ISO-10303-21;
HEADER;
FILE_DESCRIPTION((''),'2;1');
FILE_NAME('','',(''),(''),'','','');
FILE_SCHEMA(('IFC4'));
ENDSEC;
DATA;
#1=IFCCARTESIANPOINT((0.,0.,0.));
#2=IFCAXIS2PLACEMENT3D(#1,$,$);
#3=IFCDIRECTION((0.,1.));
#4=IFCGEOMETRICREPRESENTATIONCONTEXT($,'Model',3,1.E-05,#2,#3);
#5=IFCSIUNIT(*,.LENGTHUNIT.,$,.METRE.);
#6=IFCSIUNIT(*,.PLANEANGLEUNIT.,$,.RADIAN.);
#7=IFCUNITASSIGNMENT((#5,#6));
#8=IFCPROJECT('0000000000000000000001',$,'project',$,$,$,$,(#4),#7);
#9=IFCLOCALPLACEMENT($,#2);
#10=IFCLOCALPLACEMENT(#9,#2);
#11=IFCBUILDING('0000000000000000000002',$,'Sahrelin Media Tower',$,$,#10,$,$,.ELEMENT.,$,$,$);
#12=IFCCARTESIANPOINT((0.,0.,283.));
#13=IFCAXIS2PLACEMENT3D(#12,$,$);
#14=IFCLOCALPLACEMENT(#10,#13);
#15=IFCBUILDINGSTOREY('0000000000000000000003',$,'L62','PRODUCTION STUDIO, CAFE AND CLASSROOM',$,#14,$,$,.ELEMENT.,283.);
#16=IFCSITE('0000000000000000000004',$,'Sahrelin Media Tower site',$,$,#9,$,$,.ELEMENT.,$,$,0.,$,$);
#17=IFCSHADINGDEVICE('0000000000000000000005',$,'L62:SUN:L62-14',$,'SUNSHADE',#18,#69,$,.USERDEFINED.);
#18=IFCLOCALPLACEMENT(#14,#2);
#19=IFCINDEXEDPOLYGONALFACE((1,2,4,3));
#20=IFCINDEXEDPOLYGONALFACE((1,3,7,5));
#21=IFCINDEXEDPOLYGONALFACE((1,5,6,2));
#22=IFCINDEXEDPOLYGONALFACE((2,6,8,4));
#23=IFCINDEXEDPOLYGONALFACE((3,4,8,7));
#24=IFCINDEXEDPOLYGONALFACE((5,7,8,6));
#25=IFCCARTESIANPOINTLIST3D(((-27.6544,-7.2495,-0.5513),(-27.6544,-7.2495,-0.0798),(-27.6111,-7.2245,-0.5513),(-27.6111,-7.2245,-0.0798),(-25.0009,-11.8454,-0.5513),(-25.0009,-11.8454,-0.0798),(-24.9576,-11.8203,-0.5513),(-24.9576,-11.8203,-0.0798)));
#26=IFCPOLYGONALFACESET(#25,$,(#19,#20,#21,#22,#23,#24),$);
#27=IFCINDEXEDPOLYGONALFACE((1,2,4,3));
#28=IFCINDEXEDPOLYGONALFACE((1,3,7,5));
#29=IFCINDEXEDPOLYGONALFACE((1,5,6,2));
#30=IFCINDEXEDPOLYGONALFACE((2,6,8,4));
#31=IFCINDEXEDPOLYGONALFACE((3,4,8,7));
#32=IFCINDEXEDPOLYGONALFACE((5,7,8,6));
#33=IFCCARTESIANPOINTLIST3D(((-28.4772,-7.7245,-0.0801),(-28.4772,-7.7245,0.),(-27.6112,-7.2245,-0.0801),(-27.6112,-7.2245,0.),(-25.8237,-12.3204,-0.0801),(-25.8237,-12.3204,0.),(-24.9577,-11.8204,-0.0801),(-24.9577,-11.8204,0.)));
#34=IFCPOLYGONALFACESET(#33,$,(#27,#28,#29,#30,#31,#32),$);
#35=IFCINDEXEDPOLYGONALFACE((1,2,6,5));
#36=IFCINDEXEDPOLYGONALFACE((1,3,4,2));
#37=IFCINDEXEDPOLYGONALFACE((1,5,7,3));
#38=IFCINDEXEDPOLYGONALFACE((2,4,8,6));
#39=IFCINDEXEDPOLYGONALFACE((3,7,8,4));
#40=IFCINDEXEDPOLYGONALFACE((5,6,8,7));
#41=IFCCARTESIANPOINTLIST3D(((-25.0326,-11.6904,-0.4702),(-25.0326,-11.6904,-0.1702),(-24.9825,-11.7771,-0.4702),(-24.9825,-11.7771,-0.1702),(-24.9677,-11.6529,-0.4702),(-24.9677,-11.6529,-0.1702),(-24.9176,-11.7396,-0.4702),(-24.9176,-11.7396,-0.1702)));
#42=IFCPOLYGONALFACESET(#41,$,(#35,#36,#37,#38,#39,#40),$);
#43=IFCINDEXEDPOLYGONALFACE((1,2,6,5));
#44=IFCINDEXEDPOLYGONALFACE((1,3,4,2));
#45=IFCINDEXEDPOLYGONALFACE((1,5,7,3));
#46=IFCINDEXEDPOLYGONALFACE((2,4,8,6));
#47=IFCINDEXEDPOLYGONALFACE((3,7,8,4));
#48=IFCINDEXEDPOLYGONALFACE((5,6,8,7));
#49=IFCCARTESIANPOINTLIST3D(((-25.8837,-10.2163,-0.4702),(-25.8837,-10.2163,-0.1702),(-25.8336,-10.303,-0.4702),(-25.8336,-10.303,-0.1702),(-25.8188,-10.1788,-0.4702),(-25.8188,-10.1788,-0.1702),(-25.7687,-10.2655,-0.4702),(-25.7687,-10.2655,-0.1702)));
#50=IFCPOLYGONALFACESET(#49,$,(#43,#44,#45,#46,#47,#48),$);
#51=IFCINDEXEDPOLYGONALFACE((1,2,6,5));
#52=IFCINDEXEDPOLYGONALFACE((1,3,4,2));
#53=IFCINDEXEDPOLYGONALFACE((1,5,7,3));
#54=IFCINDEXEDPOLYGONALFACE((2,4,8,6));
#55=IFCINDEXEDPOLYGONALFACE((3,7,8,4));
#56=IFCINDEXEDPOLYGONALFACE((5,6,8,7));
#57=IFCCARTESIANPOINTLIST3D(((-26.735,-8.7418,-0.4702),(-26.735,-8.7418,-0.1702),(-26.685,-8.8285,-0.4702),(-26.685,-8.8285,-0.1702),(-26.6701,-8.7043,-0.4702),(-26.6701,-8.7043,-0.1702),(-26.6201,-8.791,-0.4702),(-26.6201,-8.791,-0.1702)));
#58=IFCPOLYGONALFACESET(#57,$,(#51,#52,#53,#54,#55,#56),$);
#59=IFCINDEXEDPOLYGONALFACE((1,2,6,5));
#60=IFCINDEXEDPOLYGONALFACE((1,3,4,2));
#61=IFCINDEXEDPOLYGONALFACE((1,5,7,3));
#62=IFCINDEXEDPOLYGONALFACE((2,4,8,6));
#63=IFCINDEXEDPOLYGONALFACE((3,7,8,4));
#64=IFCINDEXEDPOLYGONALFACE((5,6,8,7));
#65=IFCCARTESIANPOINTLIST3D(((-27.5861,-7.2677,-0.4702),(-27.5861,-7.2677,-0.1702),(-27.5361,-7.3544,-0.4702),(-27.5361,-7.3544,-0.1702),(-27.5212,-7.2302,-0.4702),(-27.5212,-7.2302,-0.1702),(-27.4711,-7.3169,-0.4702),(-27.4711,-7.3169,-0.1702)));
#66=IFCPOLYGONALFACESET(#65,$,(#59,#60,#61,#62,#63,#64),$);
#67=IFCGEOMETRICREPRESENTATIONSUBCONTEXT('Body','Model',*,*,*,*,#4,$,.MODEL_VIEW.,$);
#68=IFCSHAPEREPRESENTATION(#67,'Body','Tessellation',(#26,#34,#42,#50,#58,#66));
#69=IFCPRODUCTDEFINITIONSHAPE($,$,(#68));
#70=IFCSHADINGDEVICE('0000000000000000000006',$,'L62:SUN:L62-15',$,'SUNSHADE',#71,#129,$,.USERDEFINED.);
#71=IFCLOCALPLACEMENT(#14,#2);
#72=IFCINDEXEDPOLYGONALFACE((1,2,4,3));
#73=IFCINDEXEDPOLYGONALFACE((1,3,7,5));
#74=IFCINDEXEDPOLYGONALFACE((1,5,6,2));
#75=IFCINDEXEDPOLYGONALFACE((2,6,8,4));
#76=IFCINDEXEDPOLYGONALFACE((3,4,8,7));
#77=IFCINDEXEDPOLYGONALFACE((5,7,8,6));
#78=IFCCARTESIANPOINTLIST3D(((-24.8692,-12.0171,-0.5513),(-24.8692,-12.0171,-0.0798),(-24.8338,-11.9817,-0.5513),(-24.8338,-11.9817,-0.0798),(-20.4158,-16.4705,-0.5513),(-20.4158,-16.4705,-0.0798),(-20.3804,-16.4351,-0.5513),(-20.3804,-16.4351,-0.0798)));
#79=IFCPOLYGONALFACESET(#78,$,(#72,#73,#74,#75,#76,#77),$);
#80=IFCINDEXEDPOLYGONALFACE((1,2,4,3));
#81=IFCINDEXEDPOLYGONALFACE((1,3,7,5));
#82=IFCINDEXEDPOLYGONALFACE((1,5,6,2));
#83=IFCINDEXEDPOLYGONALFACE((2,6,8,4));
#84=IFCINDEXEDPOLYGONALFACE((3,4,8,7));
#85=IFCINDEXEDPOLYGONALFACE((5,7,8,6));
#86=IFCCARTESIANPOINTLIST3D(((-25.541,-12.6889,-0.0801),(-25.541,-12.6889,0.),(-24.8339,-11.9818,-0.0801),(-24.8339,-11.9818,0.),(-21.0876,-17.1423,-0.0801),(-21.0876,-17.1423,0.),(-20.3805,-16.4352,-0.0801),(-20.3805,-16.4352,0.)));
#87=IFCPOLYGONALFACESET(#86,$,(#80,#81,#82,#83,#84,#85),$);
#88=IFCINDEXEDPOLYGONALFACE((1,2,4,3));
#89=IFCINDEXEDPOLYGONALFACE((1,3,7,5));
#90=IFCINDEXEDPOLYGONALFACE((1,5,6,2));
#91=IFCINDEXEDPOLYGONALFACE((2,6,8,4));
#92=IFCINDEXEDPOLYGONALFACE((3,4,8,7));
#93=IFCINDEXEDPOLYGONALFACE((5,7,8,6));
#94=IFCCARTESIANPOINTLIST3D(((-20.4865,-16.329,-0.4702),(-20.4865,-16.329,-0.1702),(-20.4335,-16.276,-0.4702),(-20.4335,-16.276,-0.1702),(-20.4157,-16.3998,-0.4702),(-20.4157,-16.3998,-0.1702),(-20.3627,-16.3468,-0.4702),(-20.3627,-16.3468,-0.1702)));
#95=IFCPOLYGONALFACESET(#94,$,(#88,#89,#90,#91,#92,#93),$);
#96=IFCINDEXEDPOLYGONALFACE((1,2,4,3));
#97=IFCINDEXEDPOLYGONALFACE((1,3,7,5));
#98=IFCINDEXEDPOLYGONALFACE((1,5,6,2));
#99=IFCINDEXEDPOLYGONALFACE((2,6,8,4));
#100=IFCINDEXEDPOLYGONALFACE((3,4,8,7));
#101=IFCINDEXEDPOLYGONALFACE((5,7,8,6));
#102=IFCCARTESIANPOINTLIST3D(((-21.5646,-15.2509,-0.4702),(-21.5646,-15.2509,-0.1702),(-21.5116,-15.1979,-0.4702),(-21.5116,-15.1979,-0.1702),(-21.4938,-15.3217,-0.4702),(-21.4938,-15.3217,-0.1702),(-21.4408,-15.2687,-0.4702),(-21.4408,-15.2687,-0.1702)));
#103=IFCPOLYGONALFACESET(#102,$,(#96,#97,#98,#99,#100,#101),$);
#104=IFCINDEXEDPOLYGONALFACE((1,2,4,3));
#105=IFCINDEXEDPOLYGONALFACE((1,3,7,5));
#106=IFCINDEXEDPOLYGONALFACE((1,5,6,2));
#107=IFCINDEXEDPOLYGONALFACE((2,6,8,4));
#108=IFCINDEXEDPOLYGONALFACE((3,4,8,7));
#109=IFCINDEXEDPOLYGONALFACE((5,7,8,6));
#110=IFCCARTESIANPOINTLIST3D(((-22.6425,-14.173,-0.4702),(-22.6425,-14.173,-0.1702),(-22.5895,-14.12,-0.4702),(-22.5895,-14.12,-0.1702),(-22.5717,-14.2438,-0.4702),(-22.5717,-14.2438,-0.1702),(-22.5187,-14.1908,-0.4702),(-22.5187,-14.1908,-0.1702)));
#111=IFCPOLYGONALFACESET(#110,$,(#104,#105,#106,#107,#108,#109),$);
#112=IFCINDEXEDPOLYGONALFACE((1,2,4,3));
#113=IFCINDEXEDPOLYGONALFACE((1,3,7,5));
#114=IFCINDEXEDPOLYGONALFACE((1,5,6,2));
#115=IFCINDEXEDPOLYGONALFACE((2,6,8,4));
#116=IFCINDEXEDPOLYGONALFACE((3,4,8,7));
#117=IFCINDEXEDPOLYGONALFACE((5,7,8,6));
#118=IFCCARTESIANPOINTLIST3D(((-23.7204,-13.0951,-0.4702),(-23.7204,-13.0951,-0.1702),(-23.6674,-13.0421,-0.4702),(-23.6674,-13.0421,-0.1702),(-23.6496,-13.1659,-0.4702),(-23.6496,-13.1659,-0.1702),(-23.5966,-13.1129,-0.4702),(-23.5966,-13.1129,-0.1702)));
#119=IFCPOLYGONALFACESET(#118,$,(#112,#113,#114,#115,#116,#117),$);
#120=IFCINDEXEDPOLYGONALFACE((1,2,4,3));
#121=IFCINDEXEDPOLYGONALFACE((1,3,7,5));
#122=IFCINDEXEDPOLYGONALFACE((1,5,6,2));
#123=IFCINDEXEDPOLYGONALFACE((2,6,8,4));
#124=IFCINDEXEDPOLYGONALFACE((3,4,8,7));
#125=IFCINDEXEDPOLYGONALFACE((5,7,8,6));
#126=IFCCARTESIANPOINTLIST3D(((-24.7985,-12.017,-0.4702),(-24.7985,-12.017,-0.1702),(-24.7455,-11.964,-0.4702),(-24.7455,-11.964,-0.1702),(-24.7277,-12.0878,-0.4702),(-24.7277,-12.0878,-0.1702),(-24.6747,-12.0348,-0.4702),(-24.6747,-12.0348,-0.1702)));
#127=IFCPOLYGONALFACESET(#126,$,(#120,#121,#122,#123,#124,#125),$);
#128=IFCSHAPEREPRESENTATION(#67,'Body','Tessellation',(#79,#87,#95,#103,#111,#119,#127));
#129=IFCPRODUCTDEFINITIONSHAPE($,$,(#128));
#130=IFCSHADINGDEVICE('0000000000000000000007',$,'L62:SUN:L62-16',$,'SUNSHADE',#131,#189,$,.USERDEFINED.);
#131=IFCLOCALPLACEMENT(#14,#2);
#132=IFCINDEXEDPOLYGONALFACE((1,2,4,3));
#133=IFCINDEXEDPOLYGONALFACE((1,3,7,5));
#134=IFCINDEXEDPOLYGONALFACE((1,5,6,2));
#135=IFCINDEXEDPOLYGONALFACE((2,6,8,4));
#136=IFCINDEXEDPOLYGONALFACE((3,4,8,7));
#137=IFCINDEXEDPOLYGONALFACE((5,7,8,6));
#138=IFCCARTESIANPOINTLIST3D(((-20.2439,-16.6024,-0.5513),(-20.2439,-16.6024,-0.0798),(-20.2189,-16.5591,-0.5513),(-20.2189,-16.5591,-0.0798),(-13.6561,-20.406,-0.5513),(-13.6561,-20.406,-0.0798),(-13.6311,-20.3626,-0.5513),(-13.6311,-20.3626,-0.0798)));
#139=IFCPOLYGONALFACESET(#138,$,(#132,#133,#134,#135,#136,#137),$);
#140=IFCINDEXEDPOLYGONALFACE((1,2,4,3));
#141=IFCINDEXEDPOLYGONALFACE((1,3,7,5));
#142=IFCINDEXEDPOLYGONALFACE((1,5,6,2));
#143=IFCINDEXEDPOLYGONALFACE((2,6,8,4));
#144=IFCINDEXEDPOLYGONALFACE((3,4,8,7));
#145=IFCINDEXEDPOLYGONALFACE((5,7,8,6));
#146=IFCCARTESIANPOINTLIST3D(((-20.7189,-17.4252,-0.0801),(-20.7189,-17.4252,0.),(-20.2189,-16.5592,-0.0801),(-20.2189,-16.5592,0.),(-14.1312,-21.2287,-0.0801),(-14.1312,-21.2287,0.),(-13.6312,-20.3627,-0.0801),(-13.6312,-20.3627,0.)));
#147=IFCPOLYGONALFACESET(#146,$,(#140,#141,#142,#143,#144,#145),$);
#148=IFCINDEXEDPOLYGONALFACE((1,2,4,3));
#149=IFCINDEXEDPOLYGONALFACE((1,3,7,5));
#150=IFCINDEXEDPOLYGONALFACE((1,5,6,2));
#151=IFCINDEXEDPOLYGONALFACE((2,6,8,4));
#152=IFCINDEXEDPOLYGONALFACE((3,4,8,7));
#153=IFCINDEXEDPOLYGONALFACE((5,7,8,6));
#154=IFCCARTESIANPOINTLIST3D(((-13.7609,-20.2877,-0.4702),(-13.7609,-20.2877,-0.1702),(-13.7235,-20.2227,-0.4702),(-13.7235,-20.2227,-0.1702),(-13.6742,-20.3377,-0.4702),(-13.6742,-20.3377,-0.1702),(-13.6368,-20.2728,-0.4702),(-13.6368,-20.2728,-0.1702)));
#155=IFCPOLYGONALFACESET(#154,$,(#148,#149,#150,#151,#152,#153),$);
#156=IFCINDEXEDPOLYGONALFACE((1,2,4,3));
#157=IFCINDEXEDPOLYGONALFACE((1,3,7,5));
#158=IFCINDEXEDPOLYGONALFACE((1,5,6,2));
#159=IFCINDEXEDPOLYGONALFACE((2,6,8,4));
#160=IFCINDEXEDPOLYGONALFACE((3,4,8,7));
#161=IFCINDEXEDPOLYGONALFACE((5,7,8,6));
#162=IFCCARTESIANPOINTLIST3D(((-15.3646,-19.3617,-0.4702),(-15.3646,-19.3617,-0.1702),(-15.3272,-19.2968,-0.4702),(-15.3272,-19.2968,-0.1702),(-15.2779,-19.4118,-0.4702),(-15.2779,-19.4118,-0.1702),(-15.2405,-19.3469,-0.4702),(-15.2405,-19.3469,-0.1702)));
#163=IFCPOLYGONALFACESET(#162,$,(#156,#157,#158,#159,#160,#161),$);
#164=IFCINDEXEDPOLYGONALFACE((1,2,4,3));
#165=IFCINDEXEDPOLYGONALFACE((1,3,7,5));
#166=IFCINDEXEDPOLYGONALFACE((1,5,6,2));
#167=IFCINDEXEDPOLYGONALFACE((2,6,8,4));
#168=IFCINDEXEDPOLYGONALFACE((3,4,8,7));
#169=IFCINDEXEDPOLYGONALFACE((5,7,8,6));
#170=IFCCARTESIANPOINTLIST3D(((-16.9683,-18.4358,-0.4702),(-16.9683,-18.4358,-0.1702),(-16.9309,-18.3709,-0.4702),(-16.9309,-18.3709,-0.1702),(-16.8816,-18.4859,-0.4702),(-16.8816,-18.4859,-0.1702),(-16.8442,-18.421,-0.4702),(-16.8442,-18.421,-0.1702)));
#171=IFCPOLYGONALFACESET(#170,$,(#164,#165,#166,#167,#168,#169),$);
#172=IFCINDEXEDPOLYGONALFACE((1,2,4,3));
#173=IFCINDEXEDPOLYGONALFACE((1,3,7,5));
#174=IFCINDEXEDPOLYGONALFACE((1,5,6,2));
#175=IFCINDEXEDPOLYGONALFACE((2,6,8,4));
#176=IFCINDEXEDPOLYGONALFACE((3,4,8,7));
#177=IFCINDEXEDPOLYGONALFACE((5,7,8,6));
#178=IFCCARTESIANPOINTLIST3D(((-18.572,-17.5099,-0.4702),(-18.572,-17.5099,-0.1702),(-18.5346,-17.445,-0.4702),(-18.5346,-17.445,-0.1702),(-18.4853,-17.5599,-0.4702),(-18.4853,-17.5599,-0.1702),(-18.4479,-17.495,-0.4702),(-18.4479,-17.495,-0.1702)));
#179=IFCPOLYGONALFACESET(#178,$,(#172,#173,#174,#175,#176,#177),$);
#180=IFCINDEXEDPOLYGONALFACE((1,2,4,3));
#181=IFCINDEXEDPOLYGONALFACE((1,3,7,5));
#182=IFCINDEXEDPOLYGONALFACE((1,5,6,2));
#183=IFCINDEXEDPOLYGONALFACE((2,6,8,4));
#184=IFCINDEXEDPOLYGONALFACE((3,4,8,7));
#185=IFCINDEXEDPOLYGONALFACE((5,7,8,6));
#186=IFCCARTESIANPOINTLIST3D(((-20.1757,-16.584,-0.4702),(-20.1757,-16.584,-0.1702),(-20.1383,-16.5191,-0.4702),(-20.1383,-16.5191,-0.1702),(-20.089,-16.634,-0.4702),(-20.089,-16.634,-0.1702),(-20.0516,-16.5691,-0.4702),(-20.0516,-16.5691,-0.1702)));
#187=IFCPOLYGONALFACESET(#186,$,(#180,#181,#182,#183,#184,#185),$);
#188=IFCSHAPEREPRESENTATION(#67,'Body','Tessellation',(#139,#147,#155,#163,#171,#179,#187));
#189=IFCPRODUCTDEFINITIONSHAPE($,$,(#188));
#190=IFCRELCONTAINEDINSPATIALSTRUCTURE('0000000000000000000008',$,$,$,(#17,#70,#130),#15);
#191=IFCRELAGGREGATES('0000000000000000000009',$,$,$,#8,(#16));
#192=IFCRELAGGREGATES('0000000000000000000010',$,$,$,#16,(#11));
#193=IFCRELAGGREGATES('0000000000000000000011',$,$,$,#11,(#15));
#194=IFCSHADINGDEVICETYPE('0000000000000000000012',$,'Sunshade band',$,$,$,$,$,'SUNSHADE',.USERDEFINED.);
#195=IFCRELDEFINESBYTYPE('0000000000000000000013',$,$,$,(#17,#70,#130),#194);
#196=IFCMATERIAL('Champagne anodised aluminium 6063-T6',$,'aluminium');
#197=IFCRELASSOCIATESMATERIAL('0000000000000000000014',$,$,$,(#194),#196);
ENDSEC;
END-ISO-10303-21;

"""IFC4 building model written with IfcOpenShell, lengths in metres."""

from ifc_helpers import new_model, si_unit, direction, frame, origin, origin_2d, place, context, subcontext, project, spatial, rectangle, extrude, material, type_object, element, save


model = new_model("IFC4")

# Units and contexts
model_context = context("Model", 3, precision=1e-05, world=origin(), true_north=direction((0.0, 1.0)))
body_context = subcontext(model_context, "Body", "Model", "MODEL_VIEW")
ifc_project = project(units=[si_unit("LENGTHUNIT", "METRE"), si_unit("PLANEANGLEUNIT", "RADIAN")], contexts=[model_context])

# Site, building, storey
site_placement = place(None, origin())
site = spatial("IfcSite", under=ifc_project, at=site_placement, Name="Sahrelin Media Tower site", CompositionType="ELEMENT", RefElevation=0.0)
building_placement = place(site_placement, origin())
building = spatial("IfcBuilding", under=site, at=building_placement, Name="Sahrelin Media Tower", CompositionType="ELEMENT")
storey_placement = place(building_placement, frame((0.0, 0.0, 283.0)))
storey = spatial("IfcBuildingStorey", under=building, at=storey_placement, Name="L62", Description="PRODUCTION STUDIO, CAFE AND CLASSROOM", CompositionType="ELEMENT", Elevation=283.0)

# Shared definitions
ifc_material_1 = material(Name="Champagne anodised aluminium 6063-T6", Category="aluminium")

# Shading devices
placement_1 = place(storey_placement, frame((-26.2671, -9.5125, 0.0), z_axis=(0.0, 0.0, 1.0), x_axis=(-0.500011, 0.866019, 0.0)))
placement_2 = place(storey_placement, frame((-22.593, -14.1943, 0.0), z_axis=(0.0, 0.0, 1.0), x_axis=(-0.707107, 0.707107, 0.0)))
placement_3 = place(storey_placement, frame((-16.915, -18.4436, 0.0), z_axis=(0.0, 0.0, 1.0), x_axis=(-0.866019, 0.500011, 0.0)))
shading_device_type_1 = type_object("IfcShadingDeviceType", Name="Sunshade band", ElementType="SUNSHADE", PredefinedType="USERDEFINED", material=ifc_material_1)
element("IfcShadingDevice", 1, at=placement_1, inside=storey, type_object=shading_device_type_1, Name="L62:SUN:L62-14", ObjectType="SUNSHADE", PredefinedType="USERDEFINED", context=body_context, shape_type="SweptSolid", body=[
    extrude(rectangle(XDim=5.3069, YDim=0.05, at=origin_2d()), frame((0.0, 0.0449, -0.5513)), (0.0, 0.0, 1.0), 0.4714),
    extrude(rectangle(XDim=5.3069, YDim=1.0, at=origin_2d()), frame((0.0, 0.52, -0.0801)), (0.0, 0.0, 1.0), 0.0801),
    extrude(rectangle(XDim=0.1001, YDim=0.075, at=origin_2d()), frame((-2.5535, -0.0176, -0.4702)), (0.0, 0.0, 1.0), 0.3),
    extrude(rectangle(XDim=0.1001, YDim=0.075, at=origin_2d()), frame((-0.8513, -0.0176, -0.4702)), (0.0, 0.0, 1.0), 0.3),
    extrude(rectangle(XDim=0.1001, YDim=0.075, at=origin_2d()), frame((0.8513, -0.0176, -0.4702)), (0.0, 0.0, 1.0), 0.3),
    extrude(rectangle(XDim=0.1001, YDim=0.075, at=origin_2d()), frame((2.5535, -0.0176, -0.4702)), (0.0, 0.0, 1.0), 0.3),
])
element("IfcShadingDevice", 2, at=placement_2, inside=storey, type_object=shading_device_type_1, Name="L62:SUN:L62-15", ObjectType="SUNSHADE", PredefinedType="USERDEFINED", context=body_context, shape_type="SweptSolid", body=[
    extrude(rectangle(XDim=6.2981, YDim=0.05, at=origin_2d()), frame((0.0, 0.0449, -0.5513)), (0.0, 0.0, 1.0), 0.4714),
    extrude(rectangle(XDim=6.2981, YDim=1.0, at=origin_2d()), frame((0.0, 0.52, -0.0801)), (0.0, 0.0, 1.0), 0.0801),
    extrude(rectangle(XDim=0.1001, YDim=0.075, at=origin_2d()), frame((-3.0491, -0.0176, -0.4702)), (0.0, 0.0, 1.0), 0.3),
    extrude(rectangle(XDim=0.1001, YDim=0.075, at=origin_2d()), frame((-1.5244, -0.0176, -0.4702)), (0.0, 0.0, 1.0), 0.3),
    extrude(rectangle(XDim=0.1001, YDim=0.075, at=origin_2d()), frame((0.0, -0.0176, -0.4702)), (0.0, 0.0, 1.0), 0.3),
    extrude(rectangle(XDim=0.1001, YDim=0.075, at=origin_2d()), frame((1.5244, -0.0176, -0.4702)), (0.0, 0.0, 1.0), 0.3),
    extrude(rectangle(XDim=0.1001, YDim=0.075, at=origin_2d()), frame((3.0491, -0.0176, -0.4702)), (0.0, 0.0, 1.0), 0.3),
])
element("IfcShadingDevice", 3, at=placement_3, inside=storey, type_object=shading_device_type_1, Name="L62:SUN:L62-16", ObjectType="SUNSHADE", PredefinedType="USERDEFINED", context=body_context, shape_type="SweptSolid", body=[
    extrude(rectangle(XDim=7.6069, YDim=0.05, at=origin_2d()), frame((0.0, 0.0449, -0.5513)), (0.0, 0.0, 1.0), 0.4714),
    extrude(rectangle(XDim=7.6069, YDim=1.0, at=origin_2d()), frame((0.0, 0.52, -0.0801)), (0.0, 0.0, 1.0), 0.0801),
    extrude(rectangle(XDim=0.1001, YDim=0.075, at=origin_2d()), frame((-3.7036, -0.0176, -0.4702)), (0.0, 0.0, 1.0), 0.3),
    extrude(rectangle(XDim=0.1001, YDim=0.075, at=origin_2d()), frame((-1.8518, -0.0176, -0.4702)), (0.0, 0.0, 1.0), 0.3),
    extrude(rectangle(XDim=0.1001, YDim=0.075, at=origin_2d()), frame((0.0, -0.0176, -0.4702)), (0.0, 0.0, 1.0), 0.3),
    extrude(rectangle(XDim=0.1001, YDim=0.075, at=origin_2d()), frame((1.8518, -0.0176, -0.4702)), (0.0, 0.0, 1.0), 0.3),
    extrude(rectangle(XDim=0.1001, YDim=0.075, at=origin_2d()), frame((3.7036, -0.0176, -0.4702)), (0.0, 0.0, 1.0), 0.3),
])

save(model, "model.ifc")
